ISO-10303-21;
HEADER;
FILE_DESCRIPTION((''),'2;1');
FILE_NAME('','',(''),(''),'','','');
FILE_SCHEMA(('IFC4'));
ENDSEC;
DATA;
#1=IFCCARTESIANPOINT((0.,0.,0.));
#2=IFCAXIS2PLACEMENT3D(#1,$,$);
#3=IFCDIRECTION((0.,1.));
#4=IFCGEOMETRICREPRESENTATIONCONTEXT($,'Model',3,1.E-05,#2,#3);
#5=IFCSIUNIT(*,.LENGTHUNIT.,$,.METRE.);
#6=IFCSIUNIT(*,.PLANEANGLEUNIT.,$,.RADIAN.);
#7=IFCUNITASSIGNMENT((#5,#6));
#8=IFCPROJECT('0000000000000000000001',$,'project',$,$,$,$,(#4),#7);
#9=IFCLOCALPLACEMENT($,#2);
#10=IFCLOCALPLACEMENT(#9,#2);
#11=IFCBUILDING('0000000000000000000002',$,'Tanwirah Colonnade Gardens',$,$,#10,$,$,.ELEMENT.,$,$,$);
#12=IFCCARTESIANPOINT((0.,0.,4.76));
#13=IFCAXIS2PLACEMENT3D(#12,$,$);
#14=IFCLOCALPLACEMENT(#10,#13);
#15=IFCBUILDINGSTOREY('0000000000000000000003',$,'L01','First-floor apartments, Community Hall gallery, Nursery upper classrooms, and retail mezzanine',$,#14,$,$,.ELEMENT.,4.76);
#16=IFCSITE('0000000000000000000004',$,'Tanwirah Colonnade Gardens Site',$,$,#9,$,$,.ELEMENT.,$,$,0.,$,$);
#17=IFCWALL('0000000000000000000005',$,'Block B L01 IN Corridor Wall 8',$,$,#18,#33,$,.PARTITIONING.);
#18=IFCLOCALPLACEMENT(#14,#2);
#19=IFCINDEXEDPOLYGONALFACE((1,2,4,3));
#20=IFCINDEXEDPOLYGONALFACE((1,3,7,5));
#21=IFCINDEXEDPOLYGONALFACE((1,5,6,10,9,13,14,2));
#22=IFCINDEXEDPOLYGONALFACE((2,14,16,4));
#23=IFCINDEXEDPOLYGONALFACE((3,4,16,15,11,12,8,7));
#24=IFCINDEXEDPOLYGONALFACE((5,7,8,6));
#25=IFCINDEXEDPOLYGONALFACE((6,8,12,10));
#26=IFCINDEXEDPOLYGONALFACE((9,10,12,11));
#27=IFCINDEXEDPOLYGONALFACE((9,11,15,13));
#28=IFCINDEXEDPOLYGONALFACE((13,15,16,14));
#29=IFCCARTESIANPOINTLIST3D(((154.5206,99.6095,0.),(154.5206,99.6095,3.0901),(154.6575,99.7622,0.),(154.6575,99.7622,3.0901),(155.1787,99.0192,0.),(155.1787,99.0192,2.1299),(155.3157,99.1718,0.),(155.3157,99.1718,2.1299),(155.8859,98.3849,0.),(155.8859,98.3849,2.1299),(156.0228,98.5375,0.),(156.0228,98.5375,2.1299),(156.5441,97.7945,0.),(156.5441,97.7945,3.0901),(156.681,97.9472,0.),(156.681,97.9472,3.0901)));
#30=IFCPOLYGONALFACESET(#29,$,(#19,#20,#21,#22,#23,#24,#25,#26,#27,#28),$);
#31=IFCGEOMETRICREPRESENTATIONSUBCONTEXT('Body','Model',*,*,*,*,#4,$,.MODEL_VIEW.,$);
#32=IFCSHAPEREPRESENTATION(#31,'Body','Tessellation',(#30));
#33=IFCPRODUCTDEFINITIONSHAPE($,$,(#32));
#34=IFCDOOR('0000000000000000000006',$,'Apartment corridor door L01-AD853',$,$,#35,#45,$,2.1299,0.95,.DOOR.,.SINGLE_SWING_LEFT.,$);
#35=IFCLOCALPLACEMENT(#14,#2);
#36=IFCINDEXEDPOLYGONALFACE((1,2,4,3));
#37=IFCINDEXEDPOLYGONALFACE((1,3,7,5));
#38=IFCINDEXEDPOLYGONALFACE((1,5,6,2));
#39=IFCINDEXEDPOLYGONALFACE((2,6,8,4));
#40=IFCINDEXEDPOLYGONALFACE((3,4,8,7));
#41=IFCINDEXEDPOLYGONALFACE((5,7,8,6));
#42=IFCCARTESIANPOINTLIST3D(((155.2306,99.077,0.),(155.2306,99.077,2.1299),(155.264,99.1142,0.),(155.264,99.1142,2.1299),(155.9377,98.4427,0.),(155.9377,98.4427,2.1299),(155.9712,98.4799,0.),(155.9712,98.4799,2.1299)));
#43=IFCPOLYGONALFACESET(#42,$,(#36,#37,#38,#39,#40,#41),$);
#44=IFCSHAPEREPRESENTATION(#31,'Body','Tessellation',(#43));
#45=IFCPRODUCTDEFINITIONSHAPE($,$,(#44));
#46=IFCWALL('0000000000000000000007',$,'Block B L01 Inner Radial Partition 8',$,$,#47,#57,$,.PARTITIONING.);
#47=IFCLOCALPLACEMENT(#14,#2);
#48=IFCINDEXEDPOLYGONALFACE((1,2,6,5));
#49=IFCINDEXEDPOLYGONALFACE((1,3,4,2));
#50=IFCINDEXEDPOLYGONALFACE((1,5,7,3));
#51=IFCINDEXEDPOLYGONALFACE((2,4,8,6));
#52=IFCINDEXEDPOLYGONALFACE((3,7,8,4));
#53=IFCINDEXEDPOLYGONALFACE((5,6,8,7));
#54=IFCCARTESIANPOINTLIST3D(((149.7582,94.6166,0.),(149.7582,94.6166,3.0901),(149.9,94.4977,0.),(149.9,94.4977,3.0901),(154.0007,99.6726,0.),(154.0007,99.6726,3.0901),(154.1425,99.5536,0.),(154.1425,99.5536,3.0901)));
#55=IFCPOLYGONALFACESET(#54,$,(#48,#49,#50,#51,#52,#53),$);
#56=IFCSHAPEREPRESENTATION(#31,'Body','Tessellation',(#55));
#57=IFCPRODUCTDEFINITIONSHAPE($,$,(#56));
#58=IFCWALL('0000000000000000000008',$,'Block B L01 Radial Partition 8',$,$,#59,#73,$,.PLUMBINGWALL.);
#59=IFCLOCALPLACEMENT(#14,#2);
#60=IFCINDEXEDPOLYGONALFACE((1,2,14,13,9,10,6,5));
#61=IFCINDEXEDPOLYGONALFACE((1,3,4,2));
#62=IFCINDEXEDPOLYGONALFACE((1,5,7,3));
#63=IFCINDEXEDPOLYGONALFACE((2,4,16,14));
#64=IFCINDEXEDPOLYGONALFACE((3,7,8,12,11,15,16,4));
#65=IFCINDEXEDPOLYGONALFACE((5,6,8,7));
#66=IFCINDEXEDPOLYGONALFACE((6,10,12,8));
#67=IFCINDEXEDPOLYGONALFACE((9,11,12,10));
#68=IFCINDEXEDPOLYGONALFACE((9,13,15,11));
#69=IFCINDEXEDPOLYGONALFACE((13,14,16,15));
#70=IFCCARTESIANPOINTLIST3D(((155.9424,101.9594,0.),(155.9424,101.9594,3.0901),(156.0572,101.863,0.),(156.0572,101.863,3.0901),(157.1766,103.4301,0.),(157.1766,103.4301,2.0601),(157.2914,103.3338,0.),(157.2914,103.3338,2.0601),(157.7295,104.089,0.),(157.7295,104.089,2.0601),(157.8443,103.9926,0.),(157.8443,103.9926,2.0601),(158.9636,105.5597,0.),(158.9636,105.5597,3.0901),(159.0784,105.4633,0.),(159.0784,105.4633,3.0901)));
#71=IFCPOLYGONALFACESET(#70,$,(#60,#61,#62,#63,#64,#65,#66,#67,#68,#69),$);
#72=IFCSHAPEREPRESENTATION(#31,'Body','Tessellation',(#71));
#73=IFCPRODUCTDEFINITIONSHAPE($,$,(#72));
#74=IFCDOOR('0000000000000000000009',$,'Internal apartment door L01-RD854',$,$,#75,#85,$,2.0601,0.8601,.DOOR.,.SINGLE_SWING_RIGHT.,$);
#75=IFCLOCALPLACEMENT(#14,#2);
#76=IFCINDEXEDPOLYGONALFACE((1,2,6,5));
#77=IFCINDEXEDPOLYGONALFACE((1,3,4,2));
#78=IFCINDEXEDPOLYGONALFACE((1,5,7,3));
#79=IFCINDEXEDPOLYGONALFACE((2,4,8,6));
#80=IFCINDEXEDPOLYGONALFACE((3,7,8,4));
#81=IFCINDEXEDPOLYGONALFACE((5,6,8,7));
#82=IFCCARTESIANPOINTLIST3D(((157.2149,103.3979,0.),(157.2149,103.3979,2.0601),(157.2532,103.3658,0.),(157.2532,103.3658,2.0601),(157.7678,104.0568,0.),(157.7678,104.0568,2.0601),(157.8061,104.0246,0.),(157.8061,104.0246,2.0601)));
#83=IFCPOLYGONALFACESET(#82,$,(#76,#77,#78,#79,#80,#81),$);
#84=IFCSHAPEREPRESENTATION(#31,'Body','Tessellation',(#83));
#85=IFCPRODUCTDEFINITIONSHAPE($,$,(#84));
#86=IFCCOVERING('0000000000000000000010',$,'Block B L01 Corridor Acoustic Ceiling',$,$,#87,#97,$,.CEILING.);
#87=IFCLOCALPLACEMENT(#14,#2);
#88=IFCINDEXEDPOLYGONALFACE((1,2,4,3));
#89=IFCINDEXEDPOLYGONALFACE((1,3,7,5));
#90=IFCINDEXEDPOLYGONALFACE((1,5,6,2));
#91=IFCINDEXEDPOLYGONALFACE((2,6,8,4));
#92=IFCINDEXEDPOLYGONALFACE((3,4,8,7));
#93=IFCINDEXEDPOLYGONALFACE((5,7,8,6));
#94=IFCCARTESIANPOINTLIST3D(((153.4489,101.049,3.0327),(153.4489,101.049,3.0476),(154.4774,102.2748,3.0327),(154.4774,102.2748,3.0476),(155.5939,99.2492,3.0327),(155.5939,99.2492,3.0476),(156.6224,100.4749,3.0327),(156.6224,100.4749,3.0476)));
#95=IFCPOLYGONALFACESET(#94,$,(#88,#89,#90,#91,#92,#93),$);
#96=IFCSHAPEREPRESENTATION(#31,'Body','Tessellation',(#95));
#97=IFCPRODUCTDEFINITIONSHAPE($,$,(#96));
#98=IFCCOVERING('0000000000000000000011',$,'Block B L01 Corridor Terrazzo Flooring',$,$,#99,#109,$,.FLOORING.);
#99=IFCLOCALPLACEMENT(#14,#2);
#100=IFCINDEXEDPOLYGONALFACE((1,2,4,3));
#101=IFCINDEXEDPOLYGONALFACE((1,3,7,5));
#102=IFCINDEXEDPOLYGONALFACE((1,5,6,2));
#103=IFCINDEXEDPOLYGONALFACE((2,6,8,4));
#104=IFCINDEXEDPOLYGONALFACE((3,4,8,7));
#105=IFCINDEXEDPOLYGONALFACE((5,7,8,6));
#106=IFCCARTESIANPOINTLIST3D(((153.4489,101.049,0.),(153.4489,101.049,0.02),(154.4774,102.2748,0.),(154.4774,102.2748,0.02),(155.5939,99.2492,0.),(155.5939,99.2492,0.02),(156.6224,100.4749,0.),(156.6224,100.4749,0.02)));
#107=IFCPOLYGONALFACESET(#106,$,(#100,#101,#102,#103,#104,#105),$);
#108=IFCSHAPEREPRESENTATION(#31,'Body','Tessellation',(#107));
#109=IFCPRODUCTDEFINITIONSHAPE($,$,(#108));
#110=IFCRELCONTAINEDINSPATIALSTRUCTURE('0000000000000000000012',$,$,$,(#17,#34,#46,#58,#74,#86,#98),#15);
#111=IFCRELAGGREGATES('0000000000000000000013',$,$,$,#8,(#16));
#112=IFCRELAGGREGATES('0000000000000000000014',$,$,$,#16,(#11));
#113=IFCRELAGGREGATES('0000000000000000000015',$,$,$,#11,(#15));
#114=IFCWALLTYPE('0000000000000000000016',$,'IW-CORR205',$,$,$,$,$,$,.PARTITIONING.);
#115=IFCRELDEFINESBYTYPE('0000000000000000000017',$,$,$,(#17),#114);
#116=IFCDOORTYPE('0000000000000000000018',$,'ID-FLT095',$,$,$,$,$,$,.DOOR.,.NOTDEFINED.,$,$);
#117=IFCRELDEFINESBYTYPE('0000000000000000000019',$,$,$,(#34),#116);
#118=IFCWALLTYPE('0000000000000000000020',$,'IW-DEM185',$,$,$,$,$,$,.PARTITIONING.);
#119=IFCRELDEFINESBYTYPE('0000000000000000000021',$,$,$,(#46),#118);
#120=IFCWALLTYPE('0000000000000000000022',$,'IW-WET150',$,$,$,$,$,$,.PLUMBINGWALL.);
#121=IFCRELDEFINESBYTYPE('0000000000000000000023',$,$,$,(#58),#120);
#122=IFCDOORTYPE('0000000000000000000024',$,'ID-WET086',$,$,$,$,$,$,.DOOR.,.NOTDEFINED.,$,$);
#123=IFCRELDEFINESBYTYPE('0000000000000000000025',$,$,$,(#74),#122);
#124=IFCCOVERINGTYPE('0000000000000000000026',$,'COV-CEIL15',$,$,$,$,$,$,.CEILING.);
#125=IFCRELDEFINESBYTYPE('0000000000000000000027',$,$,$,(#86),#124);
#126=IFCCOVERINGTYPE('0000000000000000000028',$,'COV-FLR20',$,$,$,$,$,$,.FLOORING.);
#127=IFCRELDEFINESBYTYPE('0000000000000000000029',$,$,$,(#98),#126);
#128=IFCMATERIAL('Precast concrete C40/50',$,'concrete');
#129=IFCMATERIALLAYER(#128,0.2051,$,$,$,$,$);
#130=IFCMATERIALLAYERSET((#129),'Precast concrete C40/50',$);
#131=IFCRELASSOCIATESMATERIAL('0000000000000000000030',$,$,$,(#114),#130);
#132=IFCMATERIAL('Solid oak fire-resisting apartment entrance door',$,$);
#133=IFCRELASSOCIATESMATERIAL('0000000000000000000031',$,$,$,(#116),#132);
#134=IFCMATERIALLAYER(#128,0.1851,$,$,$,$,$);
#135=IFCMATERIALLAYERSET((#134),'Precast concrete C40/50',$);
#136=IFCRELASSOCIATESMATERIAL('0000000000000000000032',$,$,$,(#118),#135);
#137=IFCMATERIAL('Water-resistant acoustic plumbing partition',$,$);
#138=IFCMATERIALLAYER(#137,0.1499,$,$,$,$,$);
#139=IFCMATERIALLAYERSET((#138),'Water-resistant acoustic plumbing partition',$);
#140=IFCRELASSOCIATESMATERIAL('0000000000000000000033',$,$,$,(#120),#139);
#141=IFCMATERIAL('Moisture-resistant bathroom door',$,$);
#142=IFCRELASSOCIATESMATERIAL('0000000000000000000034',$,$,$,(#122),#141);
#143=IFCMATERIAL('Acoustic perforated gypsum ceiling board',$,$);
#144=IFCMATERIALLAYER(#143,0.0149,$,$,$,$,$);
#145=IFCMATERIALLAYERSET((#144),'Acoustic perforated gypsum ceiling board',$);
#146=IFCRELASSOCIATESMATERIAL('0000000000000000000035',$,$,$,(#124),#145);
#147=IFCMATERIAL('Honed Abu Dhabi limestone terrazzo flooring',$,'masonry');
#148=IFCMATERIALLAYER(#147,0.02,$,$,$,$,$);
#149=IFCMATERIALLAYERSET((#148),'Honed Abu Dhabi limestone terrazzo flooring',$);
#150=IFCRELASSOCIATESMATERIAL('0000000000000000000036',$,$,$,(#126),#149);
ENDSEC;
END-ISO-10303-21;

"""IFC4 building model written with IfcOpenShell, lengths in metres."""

from ifc_helpers import new_model, si_unit, direction, frame, frame_2d, origin, origin_2d, place, context, subcontext, project, spatial, rectangle, extrude, material, layer, layer_set, type_object, element, fill, save


model = new_model("IFC4")

# Units and contexts
model_context = context("Model", 3, precision=1e-05, world=origin(), true_north=direction((0.0, 1.0)))
body_context = subcontext(model_context, "Body", "Model", "MODEL_VIEW")
ifc_project = project(units=[si_unit("LENGTHUNIT", "METRE"), si_unit("PLANEANGLEUNIT", "RADIAN")], contexts=[model_context])

# Site, building, storey
site_placement = place(None, origin())
site = spatial("IfcSite", under=ifc_project, at=site_placement, Name="Tanwirah Colonnade Gardens Site", CompositionType="ELEMENT", RefElevation=0.0)
building_placement = place(site_placement, origin())
building = spatial("IfcBuilding", under=site, at=building_placement, Name="Tanwirah Colonnade Gardens", CompositionType="ELEMENT")
storey_placement = place(building_placement, frame((0.0, 0.0, 4.76)))
storey = spatial("IfcBuildingStorey", under=building, at=storey_placement, Name="L01", Description="First-floor apartments, Community Hall gallery, Nursery upper classrooms, and retail mezzanine", CompositionType="ELEMENT", Elevation=4.76)

# Shared definitions
ifc_material_1 = material(Name="Precast concrete C40/50", Category="concrete")

# Wall, opening, door
ifc_layer_1 = layer(ifc_material_1, 0.2051)
ifc_layer_set_1 = layer_set([ifc_layer_1], Name="Precast concrete C40/50")
wall_type_1 = type_object("IfcWallType", Name="IW-CORR205", PredefinedType="PARTITIONING", material=ifc_layer_set_1)
wall_1_placement = place(storey_placement, frame((156.6125, 97.8708, 0.0), z_axis=(0.0, 0.0, 1.0), x_axis=(-0.744419, 0.667713, 0.0)))
wall_1 = element("IfcWall", 1, at=wall_1_placement, inside=storey, type_object=wall_type_1, Name="Block B L01 IN Corridor Wall 8", PredefinedType="PARTITIONING", context=body_context, shape_type="SweptSolid", body=[
    extrude(rectangle(XDim=2.7183, YDim=0.2051, at=frame_2d((1.3591, 0.0))), origin(), (0.0, 0.0, 1.0), 3.0901),
])
opening_1_placement = place(wall_1_placement, frame((0.884, 0.0, 0.0)))
opening_1 = element("IfcOpeningElement", 2, at=opening_1_placement, cuts=wall_1, PredefinedType="OPENING", context=body_context, shape_type="SweptSolid", body=[
    extrude(rectangle(XDim=0.95, YDim=2.1299, at=frame_2d((0.4751, 1.0649))), frame((0.0, 0.1125, 0.0), z_axis=(0.0, -1.0, 0.0), x_axis=(1.0, 0.0, 0.0)), (0.0, 0.0, 1.0), 0.2251),
])
ifc_material_2 = material(Name="Solid oak fire-resisting apartment entrance door")
door_type_1 = type_object("IfcDoorType", Name="ID-FLT095", OperationType="NOTDEFINED", PredefinedType="DOOR", material=ifc_material_2)
door_1_placement = place(opening_1_placement, origin())
door_1 = element("IfcDoor", 3, at=door_1_placement, inside=storey, type_object=door_type_1, Name="Apartment corridor door L01-AD853", OperationType="SINGLE_SWING_LEFT", OverallHeight=2.1299, OverallWidth=0.95, PredefinedType="DOOR", context=body_context, shape_type="SweptSolid", body=[
    extrude(rectangle(XDim=0.95, YDim=2.1299, at=frame_2d((0.4751, 1.0649))), frame((0.0, 0.0249, 0.0), z_axis=(0.0, -1.0, 0.0), x_axis=(1.0, 0.0, 0.0)), (0.0, 0.0, 1.0), 0.05),
])
fill(opening_1, door_1)

# Wall
ifc_layer_2 = layer(ifc_material_1, 0.1851)
ifc_layer_set_2 = layer_set([ifc_layer_2], Name="Precast concrete C40/50")
wall_type_2 = type_object("IfcWallType", Name="IW-DEM185", PredefinedType="PARTITIONING", material=ifc_layer_set_2)
wall_2_placement = place(storey_placement, frame((149.8291, 94.5571, 0.0), z_axis=(0.0, 0.0, 1.0), x_axis=(0.642789, 0.766043, 0.0)))
element("IfcWall", 4, at=wall_2_placement, inside=storey, type_object=wall_type_2, Name="Block B L01 Inner Radial Partition 8", PredefinedType="PARTITIONING", context=body_context, shape_type="SweptSolid", body=[
    extrude(rectangle(XDim=6.6001, YDim=0.1851, at=frame_2d((3.3, 0.0))), origin(), (0.0, 0.0, 1.0), 3.0901),
])

# Wall, opening, door
ifc_material_3 = material(Name="Water-resistant acoustic plumbing partition")
ifc_layer_3 = layer(ifc_material_3, 0.1499)
ifc_layer_set_3 = layer_set([ifc_layer_3], Name="Water-resistant acoustic plumbing partition")
wall_type_3 = type_object("IfcWallType", Name="IW-WET150", PredefinedType="PLUMBINGWALL", material=ifc_layer_set_3)
wall_3_placement = place(storey_placement, frame((155.9998, 101.9111, 0.0), z_axis=(0.0, 0.0, 1.0), x_axis=(0.642812, 0.766024, 0.0)))
wall_3 = element("IfcWall", 5, at=wall_3_placement, inside=storey, type_object=wall_type_3, Name="Block B L01 Radial Partition 8", PredefinedType="PLUMBINGWALL", context=body_context, shape_type="SweptSolid", body=[
    extrude(rectangle(XDim=4.7, YDim=0.1499, at=frame_2d((2.3501, 0.0))), origin(), (0.0, 0.0, 1.0), 3.0901),
])
opening_2_placement = place(wall_3_placement, frame((1.9199, 0.0, 0.0)))
opening_2 = element("IfcOpeningElement", 6, at=opening_2_placement, cuts=wall_3, PredefinedType="OPENING", context=body_context, shape_type="SweptSolid", body=[
    extrude(rectangle(XDim=0.8601, YDim=2.0601, at=frame_2d((0.4302, 1.03))), frame((0.0, 0.085, 0.0), z_axis=(0.0, -1.0, 0.0), x_axis=(1.0, 0.0, 0.0)), (0.0, 0.0, 1.0), 0.1699),
])
ifc_material_4 = material(Name="Moisture-resistant bathroom door")
door_type_2 = type_object("IfcDoorType", Name="ID-WET086", OperationType="NOTDEFINED", PredefinedType="DOOR", material=ifc_material_4)
door_2_placement = place(opening_2_placement, origin())
door_2 = element("IfcDoor", 7, at=door_2_placement, inside=storey, type_object=door_type_2, Name="Internal apartment door L01-RD854", OperationType="SINGLE_SWING_RIGHT", OverallHeight=2.0601, OverallWidth=0.8601, PredefinedType="DOOR", context=body_context, shape_type="SweptSolid", body=[
    extrude(rectangle(XDim=0.8601, YDim=2.0601, at=frame_2d((0.4302, 1.03))), frame((0.0, 0.0249, 0.0), z_axis=(0.0, -1.0, 0.0), x_axis=(1.0, 0.0, 0.0)), (0.0, 0.0, 1.0), 0.05),
])
fill(opening_2, door_2)

# Coverings
ifc_material_5 = material(Name="Acoustic perforated gypsum ceiling board")
ifc_layer_4 = layer(ifc_material_5, 0.0149)
ifc_layer_set_4 = layer_set([ifc_layer_4], Name="Acoustic perforated gypsum ceiling board")
covering_type_1 = type_object("IfcCoveringType", Name="COV-CEIL15", PredefinedType="CEILING", material=ifc_layer_set_4)
covering_1_placement = place(storey_placement, frame((155.0356, 100.762, 3.0327), z_axis=(0.0, 0.0, 1.0), x_axis=(-0.766044, 0.642788, 0.0)))
element("IfcCovering", 8, at=covering_1_placement, inside=storey, type_object=covering_type_1, Name="Block B L01 Corridor Acoustic Ceiling", PredefinedType="CEILING", context=body_context, shape_type="SweptSolid", body=[
    extrude(rectangle(XDim=2.8, YDim=1.6001, at=origin_2d()), origin(), (0.0, 0.0, 1.0), 0.0149),
])
ifc_material_6 = material(Name="Honed Abu Dhabi limestone terrazzo flooring", Category="masonry")
ifc_layer_5 = layer(ifc_material_6, 0.02)
ifc_layer_set_5 = layer_set([ifc_layer_5], Name="Honed Abu Dhabi limestone terrazzo flooring")
covering_type_2 = type_object("IfcCoveringType", Name="COV-FLR20", PredefinedType="FLOORING", material=ifc_layer_set_5)
covering_2_placement = place(storey_placement, frame((155.0356, 100.762, 0.0), z_axis=(0.0, 0.0, 1.0), x_axis=(-0.766044, 0.642788, 0.0)))
element("IfcCovering", 9, at=covering_2_placement, inside=storey, type_object=covering_type_2, Name="Block B L01 Corridor Terrazzo Flooring", PredefinedType="FLOORING", context=body_context, shape_type="SweptSolid", body=[
    extrude(rectangle(XDim=2.8, YDim=1.6001, at=origin_2d()), origin(), (0.0, 0.0, 1.0), 0.02),
])

save(model, "model.ifc")
